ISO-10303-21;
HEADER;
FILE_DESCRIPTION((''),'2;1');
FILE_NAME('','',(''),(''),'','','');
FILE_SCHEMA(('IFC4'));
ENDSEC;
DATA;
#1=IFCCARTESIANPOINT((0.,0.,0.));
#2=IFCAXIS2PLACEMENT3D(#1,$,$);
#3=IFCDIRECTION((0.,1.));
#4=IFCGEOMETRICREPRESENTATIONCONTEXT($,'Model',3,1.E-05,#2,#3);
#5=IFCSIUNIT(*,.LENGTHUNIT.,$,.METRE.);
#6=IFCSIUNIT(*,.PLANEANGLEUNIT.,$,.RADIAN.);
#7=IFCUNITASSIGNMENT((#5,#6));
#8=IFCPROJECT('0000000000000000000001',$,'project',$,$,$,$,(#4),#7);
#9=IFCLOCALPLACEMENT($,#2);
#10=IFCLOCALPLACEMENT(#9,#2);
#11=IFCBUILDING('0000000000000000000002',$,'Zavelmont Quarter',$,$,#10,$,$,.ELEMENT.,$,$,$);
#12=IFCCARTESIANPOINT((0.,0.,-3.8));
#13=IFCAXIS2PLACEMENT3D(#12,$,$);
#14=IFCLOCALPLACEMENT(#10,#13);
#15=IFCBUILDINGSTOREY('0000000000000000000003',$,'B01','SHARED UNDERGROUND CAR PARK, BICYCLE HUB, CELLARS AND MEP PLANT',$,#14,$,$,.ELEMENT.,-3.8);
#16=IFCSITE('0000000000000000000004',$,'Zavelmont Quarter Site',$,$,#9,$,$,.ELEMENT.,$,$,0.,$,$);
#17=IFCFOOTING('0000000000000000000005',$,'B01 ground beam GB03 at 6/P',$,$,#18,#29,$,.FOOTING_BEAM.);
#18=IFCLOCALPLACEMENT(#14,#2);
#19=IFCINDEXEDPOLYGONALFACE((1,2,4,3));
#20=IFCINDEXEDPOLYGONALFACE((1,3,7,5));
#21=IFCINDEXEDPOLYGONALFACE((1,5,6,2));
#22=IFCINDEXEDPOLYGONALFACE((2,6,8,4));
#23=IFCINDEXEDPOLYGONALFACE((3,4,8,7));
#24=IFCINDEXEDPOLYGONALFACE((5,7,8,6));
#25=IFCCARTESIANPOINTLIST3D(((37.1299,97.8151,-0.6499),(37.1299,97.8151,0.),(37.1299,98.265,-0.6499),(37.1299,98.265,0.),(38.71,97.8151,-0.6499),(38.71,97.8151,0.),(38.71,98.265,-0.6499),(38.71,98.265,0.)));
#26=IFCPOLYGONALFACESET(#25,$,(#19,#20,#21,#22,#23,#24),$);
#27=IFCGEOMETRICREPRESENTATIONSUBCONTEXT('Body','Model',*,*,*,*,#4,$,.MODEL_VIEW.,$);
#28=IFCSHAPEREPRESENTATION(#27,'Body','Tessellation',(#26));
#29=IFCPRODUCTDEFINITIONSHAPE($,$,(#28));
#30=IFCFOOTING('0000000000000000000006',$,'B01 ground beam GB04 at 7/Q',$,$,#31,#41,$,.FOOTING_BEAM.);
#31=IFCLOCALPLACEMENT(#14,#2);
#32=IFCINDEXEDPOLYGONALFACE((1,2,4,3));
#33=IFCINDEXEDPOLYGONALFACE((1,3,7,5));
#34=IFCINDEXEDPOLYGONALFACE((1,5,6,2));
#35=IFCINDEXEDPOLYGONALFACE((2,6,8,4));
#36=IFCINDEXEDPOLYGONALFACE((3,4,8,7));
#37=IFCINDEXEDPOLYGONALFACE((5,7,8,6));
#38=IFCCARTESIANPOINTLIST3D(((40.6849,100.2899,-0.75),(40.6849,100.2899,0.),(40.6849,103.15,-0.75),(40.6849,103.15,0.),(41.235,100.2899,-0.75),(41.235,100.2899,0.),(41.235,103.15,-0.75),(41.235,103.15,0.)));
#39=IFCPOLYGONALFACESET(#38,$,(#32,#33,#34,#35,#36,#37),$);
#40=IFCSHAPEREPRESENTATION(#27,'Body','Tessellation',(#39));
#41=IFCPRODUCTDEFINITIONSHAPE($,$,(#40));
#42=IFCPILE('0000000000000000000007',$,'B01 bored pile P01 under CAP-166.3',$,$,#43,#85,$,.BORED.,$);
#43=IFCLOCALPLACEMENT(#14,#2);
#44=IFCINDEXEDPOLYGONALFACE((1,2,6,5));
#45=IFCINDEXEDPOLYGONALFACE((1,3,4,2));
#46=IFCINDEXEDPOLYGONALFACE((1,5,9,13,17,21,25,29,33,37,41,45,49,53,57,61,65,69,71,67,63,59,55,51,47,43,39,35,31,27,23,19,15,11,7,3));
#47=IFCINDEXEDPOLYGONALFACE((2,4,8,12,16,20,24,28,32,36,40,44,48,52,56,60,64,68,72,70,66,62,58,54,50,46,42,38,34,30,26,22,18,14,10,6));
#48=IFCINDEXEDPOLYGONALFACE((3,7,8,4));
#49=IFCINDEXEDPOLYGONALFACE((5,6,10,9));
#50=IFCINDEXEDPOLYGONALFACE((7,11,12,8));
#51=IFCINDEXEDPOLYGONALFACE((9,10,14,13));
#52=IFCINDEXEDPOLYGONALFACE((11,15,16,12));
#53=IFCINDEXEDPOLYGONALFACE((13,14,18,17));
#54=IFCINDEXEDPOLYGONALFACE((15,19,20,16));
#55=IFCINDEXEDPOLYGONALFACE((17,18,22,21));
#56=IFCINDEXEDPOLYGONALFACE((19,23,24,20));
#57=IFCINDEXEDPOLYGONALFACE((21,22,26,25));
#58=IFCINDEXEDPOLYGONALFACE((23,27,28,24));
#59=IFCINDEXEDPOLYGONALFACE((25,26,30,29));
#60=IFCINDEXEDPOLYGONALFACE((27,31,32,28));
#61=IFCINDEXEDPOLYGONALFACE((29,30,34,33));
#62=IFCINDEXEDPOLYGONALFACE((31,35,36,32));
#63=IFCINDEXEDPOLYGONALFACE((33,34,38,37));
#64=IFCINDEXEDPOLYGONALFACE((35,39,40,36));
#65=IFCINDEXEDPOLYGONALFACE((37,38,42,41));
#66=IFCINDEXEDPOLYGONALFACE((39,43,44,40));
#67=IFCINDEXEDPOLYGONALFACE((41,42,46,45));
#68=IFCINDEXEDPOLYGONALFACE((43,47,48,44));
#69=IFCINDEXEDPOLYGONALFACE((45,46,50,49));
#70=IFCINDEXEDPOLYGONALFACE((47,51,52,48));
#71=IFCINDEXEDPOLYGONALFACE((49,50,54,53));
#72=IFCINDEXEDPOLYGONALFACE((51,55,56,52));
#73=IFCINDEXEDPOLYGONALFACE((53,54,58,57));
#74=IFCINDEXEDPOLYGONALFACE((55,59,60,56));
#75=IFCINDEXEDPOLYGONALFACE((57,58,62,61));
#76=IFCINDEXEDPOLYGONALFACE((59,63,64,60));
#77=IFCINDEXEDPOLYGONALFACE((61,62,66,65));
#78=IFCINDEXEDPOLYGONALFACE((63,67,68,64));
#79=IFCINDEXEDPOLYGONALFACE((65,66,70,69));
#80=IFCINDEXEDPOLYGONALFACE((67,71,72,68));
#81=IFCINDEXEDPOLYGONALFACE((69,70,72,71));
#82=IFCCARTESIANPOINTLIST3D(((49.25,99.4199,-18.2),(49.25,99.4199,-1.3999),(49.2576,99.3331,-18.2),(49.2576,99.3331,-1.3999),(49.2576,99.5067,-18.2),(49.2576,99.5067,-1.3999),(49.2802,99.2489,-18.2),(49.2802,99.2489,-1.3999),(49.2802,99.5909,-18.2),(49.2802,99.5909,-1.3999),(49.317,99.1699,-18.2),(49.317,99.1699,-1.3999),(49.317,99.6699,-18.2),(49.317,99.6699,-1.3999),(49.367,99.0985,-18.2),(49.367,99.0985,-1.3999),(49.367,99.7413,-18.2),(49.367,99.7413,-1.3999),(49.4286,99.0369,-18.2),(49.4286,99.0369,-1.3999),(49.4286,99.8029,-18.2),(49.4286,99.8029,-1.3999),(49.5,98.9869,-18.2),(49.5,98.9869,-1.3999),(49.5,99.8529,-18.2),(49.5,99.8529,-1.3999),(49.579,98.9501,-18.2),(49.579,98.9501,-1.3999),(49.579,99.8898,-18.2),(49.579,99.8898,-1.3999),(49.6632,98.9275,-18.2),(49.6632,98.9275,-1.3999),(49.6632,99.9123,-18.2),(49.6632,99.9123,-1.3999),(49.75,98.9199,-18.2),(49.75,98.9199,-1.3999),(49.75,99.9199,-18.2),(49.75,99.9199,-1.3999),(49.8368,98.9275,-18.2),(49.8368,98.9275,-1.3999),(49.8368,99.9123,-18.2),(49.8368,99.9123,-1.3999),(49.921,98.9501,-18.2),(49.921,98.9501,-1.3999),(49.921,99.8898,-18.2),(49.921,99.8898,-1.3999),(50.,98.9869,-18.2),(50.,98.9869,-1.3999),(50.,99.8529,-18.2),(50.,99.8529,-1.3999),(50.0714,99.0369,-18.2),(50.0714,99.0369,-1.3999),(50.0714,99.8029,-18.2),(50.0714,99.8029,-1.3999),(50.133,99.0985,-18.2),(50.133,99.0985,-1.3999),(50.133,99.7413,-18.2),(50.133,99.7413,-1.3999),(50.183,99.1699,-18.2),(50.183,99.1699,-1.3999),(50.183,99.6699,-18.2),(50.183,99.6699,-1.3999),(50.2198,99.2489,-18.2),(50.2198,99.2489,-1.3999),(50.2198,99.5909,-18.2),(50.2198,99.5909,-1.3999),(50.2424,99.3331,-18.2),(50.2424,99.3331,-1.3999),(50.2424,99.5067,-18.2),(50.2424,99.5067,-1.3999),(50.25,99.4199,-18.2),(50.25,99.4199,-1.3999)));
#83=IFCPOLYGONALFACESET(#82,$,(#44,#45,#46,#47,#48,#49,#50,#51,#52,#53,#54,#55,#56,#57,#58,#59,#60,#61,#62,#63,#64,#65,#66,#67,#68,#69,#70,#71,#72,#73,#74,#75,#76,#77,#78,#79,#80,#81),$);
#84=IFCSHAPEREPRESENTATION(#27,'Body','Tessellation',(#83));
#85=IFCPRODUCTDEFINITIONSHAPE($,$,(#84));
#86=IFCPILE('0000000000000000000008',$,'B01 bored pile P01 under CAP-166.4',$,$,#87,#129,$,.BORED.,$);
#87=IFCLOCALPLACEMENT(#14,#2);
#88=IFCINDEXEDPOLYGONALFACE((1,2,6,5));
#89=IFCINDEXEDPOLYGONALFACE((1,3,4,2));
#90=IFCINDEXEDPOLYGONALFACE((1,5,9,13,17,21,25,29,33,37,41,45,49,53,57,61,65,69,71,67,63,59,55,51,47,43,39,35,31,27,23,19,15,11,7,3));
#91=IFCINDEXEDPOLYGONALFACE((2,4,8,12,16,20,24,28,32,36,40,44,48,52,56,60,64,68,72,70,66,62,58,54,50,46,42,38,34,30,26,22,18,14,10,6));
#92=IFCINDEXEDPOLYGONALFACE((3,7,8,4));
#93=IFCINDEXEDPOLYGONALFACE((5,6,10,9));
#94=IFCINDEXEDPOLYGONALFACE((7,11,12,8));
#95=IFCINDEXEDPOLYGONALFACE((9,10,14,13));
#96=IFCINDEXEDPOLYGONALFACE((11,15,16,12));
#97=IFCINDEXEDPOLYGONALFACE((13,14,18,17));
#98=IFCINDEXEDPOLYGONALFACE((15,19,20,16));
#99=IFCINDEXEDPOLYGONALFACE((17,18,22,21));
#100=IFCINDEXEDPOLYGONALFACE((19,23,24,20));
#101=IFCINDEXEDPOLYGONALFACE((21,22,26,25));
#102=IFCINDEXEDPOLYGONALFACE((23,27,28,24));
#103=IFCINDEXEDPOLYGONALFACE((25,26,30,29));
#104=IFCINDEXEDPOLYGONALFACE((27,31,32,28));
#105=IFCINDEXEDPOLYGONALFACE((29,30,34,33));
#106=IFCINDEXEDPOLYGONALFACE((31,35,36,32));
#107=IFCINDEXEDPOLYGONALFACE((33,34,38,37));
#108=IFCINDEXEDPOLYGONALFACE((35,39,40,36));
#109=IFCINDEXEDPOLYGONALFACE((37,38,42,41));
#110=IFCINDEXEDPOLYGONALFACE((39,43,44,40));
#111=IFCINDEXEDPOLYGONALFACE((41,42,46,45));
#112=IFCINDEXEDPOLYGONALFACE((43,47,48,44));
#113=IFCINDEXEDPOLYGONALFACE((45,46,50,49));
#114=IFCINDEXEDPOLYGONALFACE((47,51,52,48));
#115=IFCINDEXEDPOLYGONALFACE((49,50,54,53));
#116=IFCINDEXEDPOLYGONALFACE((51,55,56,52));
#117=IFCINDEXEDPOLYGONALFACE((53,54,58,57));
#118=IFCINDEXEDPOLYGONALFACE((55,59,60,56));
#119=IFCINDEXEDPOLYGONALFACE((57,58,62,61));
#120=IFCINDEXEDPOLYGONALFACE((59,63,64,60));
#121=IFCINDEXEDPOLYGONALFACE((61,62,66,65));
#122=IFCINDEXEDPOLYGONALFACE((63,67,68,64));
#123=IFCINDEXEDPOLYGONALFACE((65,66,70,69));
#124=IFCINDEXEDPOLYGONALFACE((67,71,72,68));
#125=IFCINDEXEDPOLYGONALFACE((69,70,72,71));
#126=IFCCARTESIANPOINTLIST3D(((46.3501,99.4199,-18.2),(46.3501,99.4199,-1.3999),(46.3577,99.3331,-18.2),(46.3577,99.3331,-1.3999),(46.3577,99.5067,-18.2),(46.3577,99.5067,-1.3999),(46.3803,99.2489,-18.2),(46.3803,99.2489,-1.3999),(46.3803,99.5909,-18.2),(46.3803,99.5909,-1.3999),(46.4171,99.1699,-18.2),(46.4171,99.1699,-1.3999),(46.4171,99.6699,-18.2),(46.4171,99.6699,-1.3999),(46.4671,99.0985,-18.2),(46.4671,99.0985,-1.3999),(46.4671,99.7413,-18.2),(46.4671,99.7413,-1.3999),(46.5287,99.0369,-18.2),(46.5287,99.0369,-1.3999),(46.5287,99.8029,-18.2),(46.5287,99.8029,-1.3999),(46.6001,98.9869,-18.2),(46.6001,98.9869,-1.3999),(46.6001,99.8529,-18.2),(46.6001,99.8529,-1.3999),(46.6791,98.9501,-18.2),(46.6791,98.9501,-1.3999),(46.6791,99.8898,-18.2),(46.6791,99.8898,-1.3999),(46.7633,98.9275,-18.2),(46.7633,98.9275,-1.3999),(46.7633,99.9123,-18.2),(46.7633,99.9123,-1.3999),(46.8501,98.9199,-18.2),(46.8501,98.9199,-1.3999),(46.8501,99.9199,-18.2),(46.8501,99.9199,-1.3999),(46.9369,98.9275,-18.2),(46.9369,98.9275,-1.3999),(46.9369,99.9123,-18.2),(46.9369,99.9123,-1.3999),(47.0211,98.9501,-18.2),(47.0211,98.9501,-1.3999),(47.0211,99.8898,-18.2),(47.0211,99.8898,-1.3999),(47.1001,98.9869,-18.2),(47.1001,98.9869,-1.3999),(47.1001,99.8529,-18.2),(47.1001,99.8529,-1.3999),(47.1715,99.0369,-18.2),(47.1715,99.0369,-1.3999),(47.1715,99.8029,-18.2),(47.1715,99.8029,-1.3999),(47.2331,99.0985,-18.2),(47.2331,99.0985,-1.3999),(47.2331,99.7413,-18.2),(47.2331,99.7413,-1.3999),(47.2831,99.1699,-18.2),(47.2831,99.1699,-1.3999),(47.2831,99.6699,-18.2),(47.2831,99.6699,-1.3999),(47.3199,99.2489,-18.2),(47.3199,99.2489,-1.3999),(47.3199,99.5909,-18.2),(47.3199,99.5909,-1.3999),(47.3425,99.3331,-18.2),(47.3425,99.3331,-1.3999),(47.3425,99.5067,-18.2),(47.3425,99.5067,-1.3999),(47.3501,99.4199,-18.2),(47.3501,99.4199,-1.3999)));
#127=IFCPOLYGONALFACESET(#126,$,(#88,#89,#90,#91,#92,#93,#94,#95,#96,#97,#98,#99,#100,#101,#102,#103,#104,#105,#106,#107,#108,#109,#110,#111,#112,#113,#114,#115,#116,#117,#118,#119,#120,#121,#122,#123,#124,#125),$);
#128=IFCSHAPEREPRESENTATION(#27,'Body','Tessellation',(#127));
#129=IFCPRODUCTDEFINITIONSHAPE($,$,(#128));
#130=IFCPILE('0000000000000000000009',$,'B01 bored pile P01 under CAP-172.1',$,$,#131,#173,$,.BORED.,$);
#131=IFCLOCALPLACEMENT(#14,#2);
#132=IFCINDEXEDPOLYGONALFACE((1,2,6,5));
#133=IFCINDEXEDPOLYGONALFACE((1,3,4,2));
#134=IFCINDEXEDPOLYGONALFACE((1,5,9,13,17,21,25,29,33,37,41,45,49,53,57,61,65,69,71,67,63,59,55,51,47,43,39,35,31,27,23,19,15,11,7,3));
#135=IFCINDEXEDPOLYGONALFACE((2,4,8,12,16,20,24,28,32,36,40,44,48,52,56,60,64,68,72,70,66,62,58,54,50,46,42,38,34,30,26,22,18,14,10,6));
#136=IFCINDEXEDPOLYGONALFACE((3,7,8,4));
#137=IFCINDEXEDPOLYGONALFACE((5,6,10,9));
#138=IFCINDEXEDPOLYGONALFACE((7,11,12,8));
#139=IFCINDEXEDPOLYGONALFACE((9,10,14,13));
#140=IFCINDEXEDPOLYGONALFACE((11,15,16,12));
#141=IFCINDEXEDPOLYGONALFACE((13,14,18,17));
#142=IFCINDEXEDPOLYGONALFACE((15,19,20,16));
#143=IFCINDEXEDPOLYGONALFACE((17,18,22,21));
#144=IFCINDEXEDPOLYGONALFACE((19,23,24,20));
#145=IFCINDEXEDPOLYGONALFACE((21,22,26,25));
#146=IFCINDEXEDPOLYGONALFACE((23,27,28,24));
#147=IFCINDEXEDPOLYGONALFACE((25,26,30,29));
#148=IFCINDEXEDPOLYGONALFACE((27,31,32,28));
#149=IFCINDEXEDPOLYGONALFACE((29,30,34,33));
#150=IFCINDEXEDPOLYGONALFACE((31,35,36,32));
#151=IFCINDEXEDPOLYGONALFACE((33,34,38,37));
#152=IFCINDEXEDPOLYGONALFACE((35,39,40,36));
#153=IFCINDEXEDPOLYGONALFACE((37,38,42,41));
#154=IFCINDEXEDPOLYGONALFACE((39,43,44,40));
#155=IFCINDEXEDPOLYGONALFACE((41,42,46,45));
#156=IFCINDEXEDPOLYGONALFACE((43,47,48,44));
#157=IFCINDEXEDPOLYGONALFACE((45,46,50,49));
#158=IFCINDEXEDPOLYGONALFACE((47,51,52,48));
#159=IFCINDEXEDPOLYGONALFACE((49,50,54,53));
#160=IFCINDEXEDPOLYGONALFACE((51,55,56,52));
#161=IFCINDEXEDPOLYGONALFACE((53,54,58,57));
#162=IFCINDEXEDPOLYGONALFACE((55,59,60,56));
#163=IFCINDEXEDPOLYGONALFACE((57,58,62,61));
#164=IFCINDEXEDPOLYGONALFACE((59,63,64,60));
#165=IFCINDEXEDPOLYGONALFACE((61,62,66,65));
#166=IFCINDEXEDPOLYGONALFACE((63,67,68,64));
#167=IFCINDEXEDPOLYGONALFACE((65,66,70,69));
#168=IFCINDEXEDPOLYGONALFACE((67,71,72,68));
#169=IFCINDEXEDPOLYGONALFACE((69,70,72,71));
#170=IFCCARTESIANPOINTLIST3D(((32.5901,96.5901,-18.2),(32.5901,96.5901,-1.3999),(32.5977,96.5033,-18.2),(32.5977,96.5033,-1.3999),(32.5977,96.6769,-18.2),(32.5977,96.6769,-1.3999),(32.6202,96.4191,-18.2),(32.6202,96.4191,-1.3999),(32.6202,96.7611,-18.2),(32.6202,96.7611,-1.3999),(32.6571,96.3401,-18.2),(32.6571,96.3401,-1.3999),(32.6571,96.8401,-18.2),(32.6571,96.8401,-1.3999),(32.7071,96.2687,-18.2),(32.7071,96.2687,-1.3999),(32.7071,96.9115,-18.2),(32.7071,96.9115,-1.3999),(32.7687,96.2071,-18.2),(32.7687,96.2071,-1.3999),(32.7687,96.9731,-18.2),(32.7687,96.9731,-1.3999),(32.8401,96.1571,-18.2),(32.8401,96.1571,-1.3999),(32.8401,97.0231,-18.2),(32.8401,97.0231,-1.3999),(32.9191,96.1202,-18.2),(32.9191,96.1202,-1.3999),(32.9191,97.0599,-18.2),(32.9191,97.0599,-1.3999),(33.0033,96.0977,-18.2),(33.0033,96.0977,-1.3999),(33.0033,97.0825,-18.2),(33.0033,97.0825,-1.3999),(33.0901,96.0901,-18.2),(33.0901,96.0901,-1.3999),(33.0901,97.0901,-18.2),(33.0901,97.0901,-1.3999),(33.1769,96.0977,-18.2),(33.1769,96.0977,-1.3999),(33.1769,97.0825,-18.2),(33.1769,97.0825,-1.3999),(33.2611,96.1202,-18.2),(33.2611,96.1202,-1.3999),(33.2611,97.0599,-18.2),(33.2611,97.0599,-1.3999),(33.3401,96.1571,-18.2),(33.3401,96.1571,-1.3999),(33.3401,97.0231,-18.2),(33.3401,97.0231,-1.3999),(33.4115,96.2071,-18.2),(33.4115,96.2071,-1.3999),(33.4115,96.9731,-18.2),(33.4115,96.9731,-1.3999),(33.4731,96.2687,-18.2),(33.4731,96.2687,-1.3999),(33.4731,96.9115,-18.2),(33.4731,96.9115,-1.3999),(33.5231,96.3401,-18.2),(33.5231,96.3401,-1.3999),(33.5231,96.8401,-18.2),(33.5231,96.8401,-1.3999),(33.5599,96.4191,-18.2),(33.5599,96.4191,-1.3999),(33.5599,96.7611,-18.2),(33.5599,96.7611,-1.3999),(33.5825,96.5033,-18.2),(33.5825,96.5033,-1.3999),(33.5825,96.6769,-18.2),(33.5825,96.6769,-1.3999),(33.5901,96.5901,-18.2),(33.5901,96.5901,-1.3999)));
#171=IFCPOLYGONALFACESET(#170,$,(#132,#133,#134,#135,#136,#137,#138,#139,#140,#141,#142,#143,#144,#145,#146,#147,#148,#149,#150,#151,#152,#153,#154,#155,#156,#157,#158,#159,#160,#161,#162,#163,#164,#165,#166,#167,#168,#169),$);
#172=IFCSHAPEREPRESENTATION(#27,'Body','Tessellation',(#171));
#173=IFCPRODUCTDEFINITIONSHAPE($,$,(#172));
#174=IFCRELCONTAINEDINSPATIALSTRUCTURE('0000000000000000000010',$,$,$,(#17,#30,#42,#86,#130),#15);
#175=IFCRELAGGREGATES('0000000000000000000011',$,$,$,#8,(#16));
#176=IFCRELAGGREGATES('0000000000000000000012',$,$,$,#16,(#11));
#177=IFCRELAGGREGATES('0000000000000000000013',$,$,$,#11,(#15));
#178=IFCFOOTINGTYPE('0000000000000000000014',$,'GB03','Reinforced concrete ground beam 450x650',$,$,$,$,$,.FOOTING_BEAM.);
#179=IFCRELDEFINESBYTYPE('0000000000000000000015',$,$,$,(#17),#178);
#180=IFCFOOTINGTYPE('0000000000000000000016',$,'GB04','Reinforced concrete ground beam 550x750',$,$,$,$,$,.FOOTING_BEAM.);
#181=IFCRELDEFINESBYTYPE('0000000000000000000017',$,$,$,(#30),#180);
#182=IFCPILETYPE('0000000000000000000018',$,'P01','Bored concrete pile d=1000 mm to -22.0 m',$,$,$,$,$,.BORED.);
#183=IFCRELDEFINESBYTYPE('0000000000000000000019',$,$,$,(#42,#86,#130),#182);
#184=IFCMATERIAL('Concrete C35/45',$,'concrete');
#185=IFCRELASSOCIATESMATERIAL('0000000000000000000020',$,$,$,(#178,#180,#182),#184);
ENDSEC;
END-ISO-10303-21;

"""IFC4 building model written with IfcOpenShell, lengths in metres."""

from ifc_helpers import new_model, si_unit, direction, frame, origin, origin_2d, place, context, subcontext, project, spatial, rectangle, circle, extrude, material, material_profile, profile_set, type_object, element, save


model = new_model("IFC4")

# Units and contexts
model_context = context("Model", 3, precision=1e-05, world=origin(), true_north=direction((0.0, 1.0)))
body_context = subcontext(model_context, "Body", "Model", "MODEL_VIEW")
ifc_project = project(units=[si_unit("LENGTHUNIT", "METRE"), si_unit("PLANEANGLEUNIT", "RADIAN")], contexts=[model_context])

# Site, building, storey
site_placement = place(None, origin())
site = spatial("IfcSite", under=ifc_project, at=site_placement, Name="Zavelmont Quarter Site", CompositionType="ELEMENT", RefElevation=0.0)
building_placement = place(site_placement, origin())
building = spatial("IfcBuilding", under=site, at=building_placement, Name="Zavelmont Quarter", CompositionType="ELEMENT")
storey_placement = place(building_placement, frame((0.0, 0.0, -3.8)))
storey = spatial("IfcBuildingStorey", under=building, at=storey_placement, Name="B01", Description="SHARED UNDERGROUND CAR PARK, BICYCLE HUB, CELLARS AND MEP PLANT", CompositionType="ELEMENT", Elevation=-3.8)

# Footings
ifc_material_1 = material(Name="Concrete C35/45", Category="concrete")
footing_type_1 = type_object("IfcFootingType", Name="GB03", Description="Reinforced concrete ground beam 450x650", PredefinedType="FOOTING_BEAM", material=ifc_material_1)
footing_1_placement = place(storey_placement, frame((37.9199, 98.04, -0.6499), z_axis=(0.0, 0.0, 1.0), x_axis=(1.0, 0.0, 0.0)))
element("IfcFooting", 1, at=footing_1_placement, inside=storey, type_object=footing_type_1, Name="B01 ground beam GB03 at 6/P", PredefinedType="FOOTING_BEAM", context=body_context, shape_type="SweptSolid", body=[
    extrude(rectangle(XDim=1.5801, YDim=0.45, at=origin_2d()), origin(), (0.0, 0.0, 1.0), 0.6499),
])
footing_type_2 = type_object("IfcFootingType", Name="GB04", Description="Reinforced concrete ground beam 550x750", PredefinedType="FOOTING_BEAM", material=ifc_material_1)
footing_2_placement = place(storey_placement, frame((40.96, 101.72, -0.75), z_axis=(0.0, 0.0, 1.0), x_axis=(0.0, 1.0, 0.0)))
element("IfcFooting", 2, at=footing_2_placement, inside=storey, type_object=footing_type_2, Name="B01 ground beam GB04 at 7/Q", PredefinedType="FOOTING_BEAM", context=body_context, shape_type="SweptSolid", body=[
    extrude(rectangle(XDim=2.8601, YDim=0.55, at=origin_2d()), origin(), (0.0, 0.0, 1.0), 0.75),
])

# Piles
ifc_material_profile_1 = material_profile(ifc_material_1, circle(Radius=0.5, at=origin_2d()), Name="BP1000")
ifc_profile_set_1 = profile_set([ifc_material_profile_1], Name="Concrete C35/45")
pile_type_1 = type_object("IfcPileType", Name="P01", Description="Bored concrete pile d=1000 mm to -22.0 m", PredefinedType="BORED", material=ifc_profile_set_1)
for number, where, z_axis, x_axis, name in (
    (3, (49.75, 99.4199, -1.3999), (0.0, 0.0, -1.0), (1.0, 0.0, 0.0), "B01 bored pile P01 under CAP-166.3"),
    (4, (46.8501, 99.4199, -1.3999), (0.0, 0.0, -1.0), (1.0, 0.0, 0.0), "B01 bored pile P01 under CAP-166.4"),
    (5, (33.0901, 96.5901, -1.3999), (0.0, 0.0, -1.0), (1.0, 0.0, 0.0), "B01 bored pile P01 under CAP-172.1"),
):
    element("IfcPile", number, at=place(storey_placement, frame(where, z_axis=z_axis, x_axis=x_axis)), inside=storey, type_object=pile_type_1, Name=name, PredefinedType="BORED", context=body_context, shape_type="SweptSolid", body=[
        extrude(circle(Radius=0.5, at=origin_2d()), origin(), (0.0, 0.0, 1.0), 16.8),
    ])

save(model, "model.ifc")
